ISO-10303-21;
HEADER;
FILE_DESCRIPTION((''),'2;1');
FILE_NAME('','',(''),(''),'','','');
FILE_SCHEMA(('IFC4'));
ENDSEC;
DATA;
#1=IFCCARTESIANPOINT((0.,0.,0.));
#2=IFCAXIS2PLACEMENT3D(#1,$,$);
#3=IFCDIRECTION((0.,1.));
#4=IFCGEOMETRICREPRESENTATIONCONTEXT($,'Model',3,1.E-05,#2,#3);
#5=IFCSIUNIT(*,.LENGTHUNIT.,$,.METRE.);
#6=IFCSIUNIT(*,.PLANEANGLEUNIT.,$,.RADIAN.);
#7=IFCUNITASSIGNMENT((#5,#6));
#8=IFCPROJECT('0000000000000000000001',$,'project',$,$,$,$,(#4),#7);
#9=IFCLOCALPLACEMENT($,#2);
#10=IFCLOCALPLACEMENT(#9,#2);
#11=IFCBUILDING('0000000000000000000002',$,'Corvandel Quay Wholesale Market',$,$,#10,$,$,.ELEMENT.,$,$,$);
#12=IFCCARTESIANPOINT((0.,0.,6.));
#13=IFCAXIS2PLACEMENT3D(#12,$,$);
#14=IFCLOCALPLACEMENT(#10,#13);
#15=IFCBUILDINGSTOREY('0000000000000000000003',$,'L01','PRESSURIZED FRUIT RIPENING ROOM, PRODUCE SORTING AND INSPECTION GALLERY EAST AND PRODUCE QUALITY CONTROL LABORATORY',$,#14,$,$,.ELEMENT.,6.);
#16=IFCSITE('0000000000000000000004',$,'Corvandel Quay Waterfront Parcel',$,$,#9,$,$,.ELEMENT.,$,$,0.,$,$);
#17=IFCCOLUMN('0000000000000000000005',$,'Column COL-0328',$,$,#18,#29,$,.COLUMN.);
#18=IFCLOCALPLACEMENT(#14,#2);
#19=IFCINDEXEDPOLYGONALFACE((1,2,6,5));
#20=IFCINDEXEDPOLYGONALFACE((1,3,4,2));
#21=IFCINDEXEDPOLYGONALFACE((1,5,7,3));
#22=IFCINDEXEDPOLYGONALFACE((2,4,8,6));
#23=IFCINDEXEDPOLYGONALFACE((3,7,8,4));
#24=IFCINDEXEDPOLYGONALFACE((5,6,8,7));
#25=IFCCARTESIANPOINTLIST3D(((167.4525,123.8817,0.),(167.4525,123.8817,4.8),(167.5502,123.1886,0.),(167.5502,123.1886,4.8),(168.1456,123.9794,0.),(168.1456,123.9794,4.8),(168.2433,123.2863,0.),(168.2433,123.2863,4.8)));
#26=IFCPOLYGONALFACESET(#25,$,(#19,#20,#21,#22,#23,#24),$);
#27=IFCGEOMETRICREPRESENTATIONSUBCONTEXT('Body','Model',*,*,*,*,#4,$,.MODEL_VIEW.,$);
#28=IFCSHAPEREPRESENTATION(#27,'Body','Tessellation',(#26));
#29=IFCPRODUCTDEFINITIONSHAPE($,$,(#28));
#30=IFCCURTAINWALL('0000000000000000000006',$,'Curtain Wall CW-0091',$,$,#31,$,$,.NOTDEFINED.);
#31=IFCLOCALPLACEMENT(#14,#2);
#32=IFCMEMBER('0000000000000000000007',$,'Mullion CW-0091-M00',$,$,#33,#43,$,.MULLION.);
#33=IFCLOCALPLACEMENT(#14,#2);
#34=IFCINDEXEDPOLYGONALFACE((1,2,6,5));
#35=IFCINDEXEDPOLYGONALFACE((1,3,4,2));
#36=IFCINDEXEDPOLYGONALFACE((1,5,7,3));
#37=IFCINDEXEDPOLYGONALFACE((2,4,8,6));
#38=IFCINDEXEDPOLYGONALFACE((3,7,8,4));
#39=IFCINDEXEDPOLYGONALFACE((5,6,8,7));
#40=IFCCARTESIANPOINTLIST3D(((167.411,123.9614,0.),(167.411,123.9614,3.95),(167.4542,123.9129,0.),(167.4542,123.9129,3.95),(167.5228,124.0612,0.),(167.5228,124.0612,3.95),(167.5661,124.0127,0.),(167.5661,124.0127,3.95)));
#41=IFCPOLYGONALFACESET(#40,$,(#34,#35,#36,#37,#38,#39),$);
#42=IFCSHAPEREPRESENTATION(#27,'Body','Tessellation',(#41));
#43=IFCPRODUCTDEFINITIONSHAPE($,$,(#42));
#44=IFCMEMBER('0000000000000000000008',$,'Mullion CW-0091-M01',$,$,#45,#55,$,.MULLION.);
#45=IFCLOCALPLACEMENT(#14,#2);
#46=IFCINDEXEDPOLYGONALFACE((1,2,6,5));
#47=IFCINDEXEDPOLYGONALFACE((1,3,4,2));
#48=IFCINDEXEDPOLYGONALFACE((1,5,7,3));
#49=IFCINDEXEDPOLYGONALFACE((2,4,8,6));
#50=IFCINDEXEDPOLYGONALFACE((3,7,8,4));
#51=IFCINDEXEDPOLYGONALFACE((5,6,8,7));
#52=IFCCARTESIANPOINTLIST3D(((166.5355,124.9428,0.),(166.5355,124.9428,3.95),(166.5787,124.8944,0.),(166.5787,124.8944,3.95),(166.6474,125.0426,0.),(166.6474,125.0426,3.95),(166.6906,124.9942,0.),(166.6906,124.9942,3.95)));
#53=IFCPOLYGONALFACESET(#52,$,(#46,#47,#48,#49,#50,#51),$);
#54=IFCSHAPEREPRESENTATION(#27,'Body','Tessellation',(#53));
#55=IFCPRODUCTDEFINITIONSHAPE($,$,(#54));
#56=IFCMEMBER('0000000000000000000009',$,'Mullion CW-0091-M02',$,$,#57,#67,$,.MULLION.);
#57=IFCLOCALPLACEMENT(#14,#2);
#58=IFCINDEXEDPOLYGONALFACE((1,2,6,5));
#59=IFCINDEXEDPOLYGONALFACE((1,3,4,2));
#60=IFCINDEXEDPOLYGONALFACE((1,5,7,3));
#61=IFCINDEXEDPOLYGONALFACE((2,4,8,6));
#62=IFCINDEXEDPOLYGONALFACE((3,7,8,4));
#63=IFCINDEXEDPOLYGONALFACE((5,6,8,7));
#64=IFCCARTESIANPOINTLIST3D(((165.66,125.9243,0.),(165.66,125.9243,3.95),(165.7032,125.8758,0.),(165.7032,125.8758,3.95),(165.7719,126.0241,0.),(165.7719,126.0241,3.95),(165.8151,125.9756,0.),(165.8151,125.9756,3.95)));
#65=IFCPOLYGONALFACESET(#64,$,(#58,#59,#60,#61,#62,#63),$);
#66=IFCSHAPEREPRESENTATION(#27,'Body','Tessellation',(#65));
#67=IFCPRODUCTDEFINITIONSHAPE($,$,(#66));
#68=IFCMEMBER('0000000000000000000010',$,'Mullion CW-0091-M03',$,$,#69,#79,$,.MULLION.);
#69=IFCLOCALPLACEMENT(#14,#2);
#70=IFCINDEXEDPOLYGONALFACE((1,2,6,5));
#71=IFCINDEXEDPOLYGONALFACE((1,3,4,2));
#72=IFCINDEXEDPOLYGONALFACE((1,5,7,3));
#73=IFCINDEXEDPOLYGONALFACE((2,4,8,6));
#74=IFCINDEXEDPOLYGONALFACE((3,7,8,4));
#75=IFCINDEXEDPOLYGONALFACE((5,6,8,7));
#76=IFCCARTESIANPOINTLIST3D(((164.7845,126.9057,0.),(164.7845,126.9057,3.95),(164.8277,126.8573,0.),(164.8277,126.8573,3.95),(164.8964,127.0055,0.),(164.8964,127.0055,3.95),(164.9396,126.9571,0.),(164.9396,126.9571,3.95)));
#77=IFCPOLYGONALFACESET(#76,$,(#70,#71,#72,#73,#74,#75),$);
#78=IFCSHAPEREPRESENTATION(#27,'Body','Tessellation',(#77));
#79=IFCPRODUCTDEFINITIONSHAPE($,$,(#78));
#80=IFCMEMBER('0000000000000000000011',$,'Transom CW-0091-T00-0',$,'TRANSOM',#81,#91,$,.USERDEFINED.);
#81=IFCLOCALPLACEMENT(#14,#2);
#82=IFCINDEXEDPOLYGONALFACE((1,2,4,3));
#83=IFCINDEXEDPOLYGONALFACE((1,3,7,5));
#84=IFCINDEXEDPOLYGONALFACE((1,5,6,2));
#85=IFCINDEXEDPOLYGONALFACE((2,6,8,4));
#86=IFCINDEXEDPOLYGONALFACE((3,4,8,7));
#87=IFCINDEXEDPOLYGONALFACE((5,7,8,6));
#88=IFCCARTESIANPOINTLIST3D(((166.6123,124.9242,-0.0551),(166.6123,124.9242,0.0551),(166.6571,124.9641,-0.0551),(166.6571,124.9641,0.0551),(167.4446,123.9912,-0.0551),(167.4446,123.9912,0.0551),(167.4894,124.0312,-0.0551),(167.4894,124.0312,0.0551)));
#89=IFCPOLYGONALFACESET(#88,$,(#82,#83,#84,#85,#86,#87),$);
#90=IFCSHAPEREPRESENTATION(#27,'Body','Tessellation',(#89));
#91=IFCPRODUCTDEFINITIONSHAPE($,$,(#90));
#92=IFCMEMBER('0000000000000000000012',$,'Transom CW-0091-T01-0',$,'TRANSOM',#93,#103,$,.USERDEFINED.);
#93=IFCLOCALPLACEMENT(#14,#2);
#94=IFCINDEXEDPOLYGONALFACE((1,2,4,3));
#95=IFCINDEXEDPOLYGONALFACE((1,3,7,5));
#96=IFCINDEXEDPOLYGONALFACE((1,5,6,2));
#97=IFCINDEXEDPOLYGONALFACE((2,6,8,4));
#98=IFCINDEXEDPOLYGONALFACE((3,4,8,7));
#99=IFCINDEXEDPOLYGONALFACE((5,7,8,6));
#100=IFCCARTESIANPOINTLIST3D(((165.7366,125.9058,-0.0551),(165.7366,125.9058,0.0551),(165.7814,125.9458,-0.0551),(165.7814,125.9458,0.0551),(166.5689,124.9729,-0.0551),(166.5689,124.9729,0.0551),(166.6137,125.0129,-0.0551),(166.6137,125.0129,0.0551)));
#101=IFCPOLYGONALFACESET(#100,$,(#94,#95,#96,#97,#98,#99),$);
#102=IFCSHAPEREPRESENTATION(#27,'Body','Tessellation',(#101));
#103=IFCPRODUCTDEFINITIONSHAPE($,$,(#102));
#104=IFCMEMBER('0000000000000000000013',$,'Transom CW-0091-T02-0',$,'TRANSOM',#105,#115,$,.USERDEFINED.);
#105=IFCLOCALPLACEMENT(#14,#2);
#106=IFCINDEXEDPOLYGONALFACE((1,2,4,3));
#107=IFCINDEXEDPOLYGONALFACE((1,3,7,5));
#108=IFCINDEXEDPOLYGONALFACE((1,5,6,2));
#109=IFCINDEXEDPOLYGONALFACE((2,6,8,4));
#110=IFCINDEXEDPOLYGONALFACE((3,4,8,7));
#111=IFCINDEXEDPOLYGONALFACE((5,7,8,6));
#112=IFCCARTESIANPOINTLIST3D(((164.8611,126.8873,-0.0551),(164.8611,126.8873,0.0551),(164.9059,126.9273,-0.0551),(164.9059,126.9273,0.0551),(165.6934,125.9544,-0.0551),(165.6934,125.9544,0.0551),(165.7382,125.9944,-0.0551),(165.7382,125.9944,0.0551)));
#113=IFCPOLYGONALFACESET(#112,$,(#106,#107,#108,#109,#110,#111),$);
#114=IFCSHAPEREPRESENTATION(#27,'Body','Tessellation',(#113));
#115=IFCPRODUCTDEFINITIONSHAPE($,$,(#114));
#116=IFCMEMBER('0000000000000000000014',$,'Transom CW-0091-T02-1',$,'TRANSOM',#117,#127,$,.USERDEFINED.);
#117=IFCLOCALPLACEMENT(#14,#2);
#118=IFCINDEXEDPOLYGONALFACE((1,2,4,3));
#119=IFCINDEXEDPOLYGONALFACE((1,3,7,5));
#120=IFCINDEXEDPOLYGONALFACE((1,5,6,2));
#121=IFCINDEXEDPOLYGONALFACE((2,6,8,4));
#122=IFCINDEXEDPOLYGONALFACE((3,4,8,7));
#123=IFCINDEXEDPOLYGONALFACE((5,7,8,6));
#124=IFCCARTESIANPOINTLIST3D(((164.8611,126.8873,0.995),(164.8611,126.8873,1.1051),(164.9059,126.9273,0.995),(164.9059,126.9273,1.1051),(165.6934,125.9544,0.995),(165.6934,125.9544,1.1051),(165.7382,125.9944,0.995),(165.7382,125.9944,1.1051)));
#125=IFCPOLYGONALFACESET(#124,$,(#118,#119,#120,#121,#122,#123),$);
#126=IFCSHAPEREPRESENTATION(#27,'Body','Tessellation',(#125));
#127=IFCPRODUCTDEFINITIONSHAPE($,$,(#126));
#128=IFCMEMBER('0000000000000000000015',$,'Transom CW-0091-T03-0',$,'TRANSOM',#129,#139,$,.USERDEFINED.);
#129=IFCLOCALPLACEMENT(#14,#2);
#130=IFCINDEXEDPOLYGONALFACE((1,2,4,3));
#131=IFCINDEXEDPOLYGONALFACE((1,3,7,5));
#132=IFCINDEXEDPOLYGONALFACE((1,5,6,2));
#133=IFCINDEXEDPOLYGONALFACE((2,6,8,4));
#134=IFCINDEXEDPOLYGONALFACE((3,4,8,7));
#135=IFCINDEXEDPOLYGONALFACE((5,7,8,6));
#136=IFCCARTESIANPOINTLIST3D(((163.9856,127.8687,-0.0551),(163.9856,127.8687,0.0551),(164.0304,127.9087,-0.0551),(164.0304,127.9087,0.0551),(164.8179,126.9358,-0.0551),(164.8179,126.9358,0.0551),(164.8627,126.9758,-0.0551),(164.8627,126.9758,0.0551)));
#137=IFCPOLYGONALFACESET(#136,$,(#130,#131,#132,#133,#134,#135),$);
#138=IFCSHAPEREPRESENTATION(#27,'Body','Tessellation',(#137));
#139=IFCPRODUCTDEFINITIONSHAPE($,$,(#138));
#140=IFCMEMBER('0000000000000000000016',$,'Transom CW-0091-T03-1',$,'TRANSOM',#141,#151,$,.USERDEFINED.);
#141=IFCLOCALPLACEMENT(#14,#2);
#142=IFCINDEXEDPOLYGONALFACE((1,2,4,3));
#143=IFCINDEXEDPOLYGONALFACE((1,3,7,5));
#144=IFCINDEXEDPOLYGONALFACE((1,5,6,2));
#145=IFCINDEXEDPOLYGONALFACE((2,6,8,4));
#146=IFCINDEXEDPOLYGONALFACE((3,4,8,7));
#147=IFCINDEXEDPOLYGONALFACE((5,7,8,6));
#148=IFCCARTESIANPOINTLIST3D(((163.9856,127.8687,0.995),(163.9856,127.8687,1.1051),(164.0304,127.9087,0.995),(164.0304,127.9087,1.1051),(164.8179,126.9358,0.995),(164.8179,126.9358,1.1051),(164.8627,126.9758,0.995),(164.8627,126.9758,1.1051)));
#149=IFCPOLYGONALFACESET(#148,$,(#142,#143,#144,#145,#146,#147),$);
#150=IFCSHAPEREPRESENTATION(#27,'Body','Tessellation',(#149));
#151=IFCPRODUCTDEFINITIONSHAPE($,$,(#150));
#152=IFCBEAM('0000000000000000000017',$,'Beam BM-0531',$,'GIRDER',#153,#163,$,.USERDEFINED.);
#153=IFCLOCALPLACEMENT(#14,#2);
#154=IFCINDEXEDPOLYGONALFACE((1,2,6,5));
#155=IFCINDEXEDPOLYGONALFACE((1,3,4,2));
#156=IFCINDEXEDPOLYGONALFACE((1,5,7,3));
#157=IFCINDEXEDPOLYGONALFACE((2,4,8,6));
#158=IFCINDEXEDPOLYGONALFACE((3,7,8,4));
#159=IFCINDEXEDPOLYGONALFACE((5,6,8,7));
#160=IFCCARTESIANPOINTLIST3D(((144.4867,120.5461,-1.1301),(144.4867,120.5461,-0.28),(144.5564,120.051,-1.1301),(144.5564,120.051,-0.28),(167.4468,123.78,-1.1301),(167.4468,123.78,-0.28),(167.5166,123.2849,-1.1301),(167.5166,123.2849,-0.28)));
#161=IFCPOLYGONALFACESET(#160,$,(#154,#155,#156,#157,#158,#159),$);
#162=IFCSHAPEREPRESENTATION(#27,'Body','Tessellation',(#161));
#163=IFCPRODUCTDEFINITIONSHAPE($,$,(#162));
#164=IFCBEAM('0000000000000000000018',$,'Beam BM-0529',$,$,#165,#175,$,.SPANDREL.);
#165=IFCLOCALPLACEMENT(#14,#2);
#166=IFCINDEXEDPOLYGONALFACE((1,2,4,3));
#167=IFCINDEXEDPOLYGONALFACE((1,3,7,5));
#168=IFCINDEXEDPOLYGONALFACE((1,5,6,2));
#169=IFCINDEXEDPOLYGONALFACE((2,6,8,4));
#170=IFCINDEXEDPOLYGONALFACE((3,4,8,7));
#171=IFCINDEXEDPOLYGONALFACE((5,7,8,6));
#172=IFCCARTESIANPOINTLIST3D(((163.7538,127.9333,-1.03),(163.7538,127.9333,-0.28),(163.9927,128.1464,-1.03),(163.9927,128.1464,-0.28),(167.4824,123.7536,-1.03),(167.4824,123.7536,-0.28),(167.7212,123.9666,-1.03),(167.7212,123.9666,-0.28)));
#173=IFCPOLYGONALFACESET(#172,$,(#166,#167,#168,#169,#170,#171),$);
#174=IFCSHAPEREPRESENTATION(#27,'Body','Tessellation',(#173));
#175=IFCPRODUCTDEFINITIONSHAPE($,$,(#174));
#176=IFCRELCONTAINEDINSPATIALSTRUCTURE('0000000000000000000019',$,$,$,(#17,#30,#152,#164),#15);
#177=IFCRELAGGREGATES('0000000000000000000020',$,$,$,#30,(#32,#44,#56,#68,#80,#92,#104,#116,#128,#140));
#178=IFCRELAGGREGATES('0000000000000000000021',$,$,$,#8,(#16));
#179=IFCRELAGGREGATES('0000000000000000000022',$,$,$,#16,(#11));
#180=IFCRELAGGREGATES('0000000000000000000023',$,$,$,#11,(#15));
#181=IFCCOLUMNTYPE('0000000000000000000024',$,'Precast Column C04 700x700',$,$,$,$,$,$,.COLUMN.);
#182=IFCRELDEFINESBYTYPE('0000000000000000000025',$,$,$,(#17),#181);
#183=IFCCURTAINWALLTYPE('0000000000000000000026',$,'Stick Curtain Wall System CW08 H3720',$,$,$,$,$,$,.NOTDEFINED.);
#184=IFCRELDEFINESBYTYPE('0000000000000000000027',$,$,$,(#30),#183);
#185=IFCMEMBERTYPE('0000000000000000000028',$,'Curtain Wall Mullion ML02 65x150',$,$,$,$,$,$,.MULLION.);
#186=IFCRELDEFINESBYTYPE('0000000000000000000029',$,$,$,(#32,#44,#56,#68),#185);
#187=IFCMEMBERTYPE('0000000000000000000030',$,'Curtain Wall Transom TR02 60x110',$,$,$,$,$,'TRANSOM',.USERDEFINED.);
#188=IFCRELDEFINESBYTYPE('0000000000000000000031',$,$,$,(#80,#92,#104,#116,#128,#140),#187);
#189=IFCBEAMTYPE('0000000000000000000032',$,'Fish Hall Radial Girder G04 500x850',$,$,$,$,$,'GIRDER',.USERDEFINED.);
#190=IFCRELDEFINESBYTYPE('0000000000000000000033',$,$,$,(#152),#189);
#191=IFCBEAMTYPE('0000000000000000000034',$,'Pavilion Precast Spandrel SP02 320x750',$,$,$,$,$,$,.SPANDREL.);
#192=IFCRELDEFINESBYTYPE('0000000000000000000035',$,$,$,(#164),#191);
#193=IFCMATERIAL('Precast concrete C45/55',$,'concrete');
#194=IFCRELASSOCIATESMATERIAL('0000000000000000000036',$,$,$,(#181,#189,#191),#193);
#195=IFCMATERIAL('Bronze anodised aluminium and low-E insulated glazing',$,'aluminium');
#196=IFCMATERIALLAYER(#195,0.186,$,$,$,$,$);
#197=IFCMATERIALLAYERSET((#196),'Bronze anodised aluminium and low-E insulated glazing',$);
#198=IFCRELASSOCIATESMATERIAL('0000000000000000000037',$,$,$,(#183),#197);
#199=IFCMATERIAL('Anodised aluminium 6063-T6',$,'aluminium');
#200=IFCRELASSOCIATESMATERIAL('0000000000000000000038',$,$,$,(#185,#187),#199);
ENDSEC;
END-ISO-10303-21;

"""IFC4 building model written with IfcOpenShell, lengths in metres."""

from ifc_helpers import new_model, si_unit, direction, frame, origin, origin_2d, place, context, subcontext, project, spatial, rectangle, extrude, material, layer, layer_set, material_profile, profile_set, type_object, element, aggregate, save


model = new_model("IFC4")

# Units and contexts
model_context = context("Model", 3, precision=1e-05, world=origin(), true_north=direction((0.0, 1.0)))
body_context = subcontext(model_context, "Body", "Model", "MODEL_VIEW")
ifc_project = project(units=[si_unit("LENGTHUNIT", "METRE"), si_unit("PLANEANGLEUNIT", "RADIAN")], contexts=[model_context])

# Site, building, storey
site_placement = place(None, origin())
site = spatial("IfcSite", under=ifc_project, at=site_placement, Name="Corvandel Quay Waterfront Parcel", CompositionType="ELEMENT", RefElevation=0.0)
building_placement = place(site_placement, origin())
building = spatial("IfcBuilding", under=site, at=building_placement, Name="Corvandel Quay Wholesale Market", CompositionType="ELEMENT")
storey_placement = place(building_placement, frame((0.0, 0.0, 6.0)))
storey = spatial("IfcBuildingStorey", under=building, at=storey_placement, Name="L01", Description="PRESSURIZED FRUIT RIPENING ROOM, PRODUCE SORTING AND INSPECTION GALLERY EAST AND PRODUCE QUALITY CONTROL LABORATORY", CompositionType="ELEMENT", Elevation=6.0)

# Column
ifc_material_1 = material(Name="Precast concrete C45/55", Category="concrete")
ifc_material_profile_1 = material_profile(ifc_material_1, rectangle(XDim=0.7, YDim=0.7, at=origin_2d()), Name="PC-COL-700x700")
ifc_profile_set_1 = profile_set([ifc_material_profile_1], Name="Precast concrete C45/55")
column_type = type_object("IfcColumnType", Name="Precast Column C04 700x700", PredefinedType="COLUMN", material=ifc_profile_set_1)
column_placement = place(storey_placement, frame((167.8479, 123.584, 0.0), z_axis=(0.0, 0.0, 1.0), x_axis=(-0.139519, 0.990219, 0.0)))
element("IfcColumn", 1, at=column_placement, inside=storey, type_object=column_type, Name="Column COL-0328", PredefinedType="COLUMN", context=body_context, shape_type="SweptSolid", body=[
    extrude(rectangle(XDim=0.7, YDim=0.7, at=origin_2d()), origin(), (0.0, 0.0, 1.0), 4.8),
])

# Curtain wall, members
ifc_material_2 = material(Name="Bronze anodised aluminium and low-E insulated glazing", Category="aluminium")
ifc_layer_1 = layer(ifc_material_2, 0.186)
ifc_layer_set_1 = layer_set([ifc_layer_1], Name="Bronze anodised aluminium and low-E insulated glazing")
curtain_wall_type = type_object("IfcCurtainWallType", Name="Stick Curtain Wall System CW08 H3720", PredefinedType="NOTDEFINED", material=ifc_layer_set_1)
curtain_wall_placement = place(storey_placement, origin())
curtain_wall = element("IfcCurtainWall", 2, at=curtain_wall_placement, inside=storey, type_object=curtain_wall_type, Name="Curtain Wall CW-0091", PredefinedType="NOTDEFINED")
ifc_material_3 = material(Name="Anodised aluminium 6063-T6", Category="aluminium")
ifc_material_profile_2 = material_profile(ifc_material_3, rectangle(XDim=0.0649, YDim=0.1499, at=origin_2d()), Name="ALU-MUL-65x150")
ifc_profile_set_2 = profile_set([ifc_material_profile_2], Name="Anodised aluminium 6063-T6")
member_type_1 = type_object("IfcMemberType", Name="Curtain Wall Mullion ML02 65x150", PredefinedType="MULLION", material=ifc_profile_set_2)
member_1_placement = place(storey_placement, frame((167.4885, 123.9871, 0.0), z_axis=(0.0, 0.0, 1.0), x_axis=(-0.665621, 0.74629, 0.0)))
member_1 = element("IfcMember", 3, at=member_1_placement, type_object=member_type_1, Name="Mullion CW-0091-M00", PredefinedType="MULLION", context=body_context, shape_type="SweptSolid", body=[
    extrude(rectangle(XDim=0.0649, YDim=0.1499, at=origin_2d()), origin(), (0.0, 0.0, 1.0), 3.95),
])
member_2_placement = place(storey_placement, frame((166.613, 124.9685, 0.0), z_axis=(0.0, 0.0, 1.0), x_axis=(-0.665621, 0.74629, 0.0)))
member_2 = element("IfcMember", 4, at=member_2_placement, type_object=member_type_1, Name="Mullion CW-0091-M01", PredefinedType="MULLION", context=body_context, shape_type="SweptSolid", body=[
    extrude(rectangle(XDim=0.0649, YDim=0.1499, at=origin_2d()), origin(), (0.0, 0.0, 1.0), 3.95),
])
member_3_placement = place(storey_placement, frame((165.7375, 125.95, 0.0), z_axis=(0.0, 0.0, 1.0), x_axis=(-0.665621, 0.74629, 0.0)))
member_3 = element("IfcMember", 5, at=member_3_placement, type_object=member_type_1, Name="Mullion CW-0091-M02", PredefinedType="MULLION", context=body_context, shape_type="SweptSolid", body=[
    extrude(rectangle(XDim=0.0649, YDim=0.1499, at=origin_2d()), origin(), (0.0, 0.0, 1.0), 3.95),
])
member_4_placement = place(storey_placement, frame((164.8621, 126.9314, 0.0), z_axis=(0.0, 0.0, 1.0), x_axis=(-0.665621, 0.74629, 0.0)))
member_4 = element("IfcMember", 6, at=member_4_placement, type_object=member_type_1, Name="Mullion CW-0091-M03", PredefinedType="MULLION", context=body_context, shape_type="SweptSolid", body=[
    extrude(rectangle(XDim=0.0649, YDim=0.1499, at=origin_2d()), origin(), (0.0, 0.0, 1.0), 3.95),
])
ifc_material_profile_3 = material_profile(ifc_material_3, rectangle(XDim=0.0601, YDim=0.1101, at=origin_2d()), Name="ALU-TRN-60x110")
ifc_profile_set_3 = profile_set([ifc_material_profile_3], Name="Anodised aluminium 6063-T6")
member_type_2 = type_object("IfcMemberType", Name="Curtain Wall Transom TR02 60x110", ElementType="TRANSOM", PredefinedType="USERDEFINED", material=ifc_profile_set_3)
member_5_placement = place(storey_placement, frame((167.467, 124.0112, 0.0), z_axis=(-0.665732, 0.746191, 0.0), x_axis=(-0.746191, -0.665732, 0.0)))
member_5 = element("IfcMember", 7, at=member_5_placement, type_object=member_type_2, Name="Transom CW-0091-T00-0", ObjectType="TRANSOM", PredefinedType="USERDEFINED", context=body_context, shape_type="SweptSolid", body=[
    extrude(rectangle(XDim=0.0601, YDim=0.1101, at=origin_2d()), origin(), (0.0, 0.0, 1.0), 1.2502),
])
member_6_placement = place(storey_placement, frame((166.5913, 124.9929, 0.0), z_axis=(-0.665732, 0.746191, 0.0), x_axis=(-0.746191, -0.665732, 0.0)))
member_6 = element("IfcMember", 8, at=member_6_placement, type_object=member_type_2, Name="Transom CW-0091-T01-0", ObjectType="TRANSOM", PredefinedType="USERDEFINED", context=body_context, shape_type="SweptSolid", body=[
    extrude(rectangle(XDim=0.0601, YDim=0.1101, at=origin_2d()), origin(), (0.0, 0.0, 1.0), 1.2502),
])
member_7_placement = place(storey_placement, frame((165.7158, 125.9744, 0.0), z_axis=(-0.665732, 0.746191, 0.0), x_axis=(-0.746191, -0.665732, 0.0)))
member_7 = element("IfcMember", 9, at=member_7_placement, type_object=member_type_2, Name="Transom CW-0091-T02-0", ObjectType="TRANSOM", PredefinedType="USERDEFINED", context=body_context, shape_type="SweptSolid", body=[
    extrude(rectangle(XDim=0.0601, YDim=0.1101, at=origin_2d()), origin(), (0.0, 0.0, 1.0), 1.2502),
])
member_8_placement = place(storey_placement, frame((165.7158, 125.9744, 1.05), z_axis=(-0.665732, 0.746191, 0.0), x_axis=(-0.746191, -0.665732, 0.0)))
member_8 = element("IfcMember", 10, at=member_8_placement, type_object=member_type_2, Name="Transom CW-0091-T02-1", ObjectType="TRANSOM", PredefinedType="USERDEFINED", context=body_context, shape_type="SweptSolid", body=[
    extrude(rectangle(XDim=0.0601, YDim=0.1101, at=origin_2d()), origin(), (0.0, 0.0, 1.0), 1.2502),
])
member_9_placement = place(storey_placement, frame((164.8403, 126.9558, 0.0), z_axis=(-0.665732, 0.746191, 0.0), x_axis=(-0.746191, -0.665732, 0.0)))
member_9 = element("IfcMember", 11, at=member_9_placement, type_object=member_type_2, Name="Transom CW-0091-T03-0", ObjectType="TRANSOM", PredefinedType="USERDEFINED", context=body_context, shape_type="SweptSolid", body=[
    extrude(rectangle(XDim=0.0601, YDim=0.1101, at=origin_2d()), origin(), (0.0, 0.0, 1.0), 1.2502),
])
member_10_placement = place(storey_placement, frame((164.8403, 126.9558, 1.05), z_axis=(-0.665732, 0.746191, 0.0), x_axis=(-0.746191, -0.665732, 0.0)))
member_10 = element("IfcMember", 12, at=member_10_placement, type_object=member_type_2, Name="Transom CW-0091-T03-1", ObjectType="TRANSOM", PredefinedType="USERDEFINED", context=body_context, shape_type="SweptSolid", body=[
    extrude(rectangle(XDim=0.0601, YDim=0.1101, at=origin_2d()), origin(), (0.0, 0.0, 1.0), 1.2502),
])

# Beams
ifc_material_profile_4 = material_profile(ifc_material_1, rectangle(XDim=0.5, YDim=0.8501, at=origin_2d()), Name="PC-GIR-500x850")
ifc_profile_set_4 = profile_set([ifc_material_profile_4], Name="Precast concrete C45/55")
beam_type_1 = type_object("IfcBeamType", Name="Fish Hall Radial Girder G04 500x850", ElementType="GIRDER", PredefinedType="USERDEFINED", material=ifc_profile_set_4)
beam_1_placement = place(storey_placement, frame((167.4817, 123.5325, -0.7051), z_axis=(-0.990226, -0.139471, 0.0), x_axis=(0.139471, -0.990226, 0.0)))
element("IfcBeam", 13, at=beam_1_placement, inside=storey, type_object=beam_type_1, Name="Beam BM-0531", ObjectType="GIRDER", PredefinedType="USERDEFINED", context=body_context, shape_type="SweptSolid", body=[
    extrude(rectangle(XDim=0.5, YDim=0.8501, at=origin_2d()), origin(), (0.0, 0.0, 1.0), 23.1868),
])
ifc_material_profile_5 = material_profile(ifc_material_1, rectangle(XDim=0.3201, YDim=0.75, at=origin_2d()), Name="PC-SPN-320x750")
ifc_profile_set_5 = profile_set([ifc_material_profile_5], Name="Precast concrete C45/55")
beam_type_2 = type_object("IfcBeamType", Name="Pavilion Precast Spandrel SP02 320x750", PredefinedType="SPANDREL", material=ifc_profile_set_5)
beam_2_placement = place(storey_placement, frame((167.6018, 123.8601, -0.655), z_axis=(-0.665683, 0.746235, 0.0), x_axis=(-0.746235, -0.665683, 0.0)))
element("IfcBeam", 14, at=beam_2_placement, inside=storey, type_object=beam_type_2, Name="Beam BM-0529", PredefinedType="SPANDREL", context=body_context, shape_type="SweptSolid", body=[
    extrude(rectangle(XDim=0.3201, YDim=0.75, at=origin_2d()), origin(), (0.0, 0.0, 1.0), 5.6011),
])

aggregate(curtain_wall, [member_1, member_2, member_3, member_4, member_5, member_6, member_7, member_8, member_9, member_10])

save(model, "model.ifc")
